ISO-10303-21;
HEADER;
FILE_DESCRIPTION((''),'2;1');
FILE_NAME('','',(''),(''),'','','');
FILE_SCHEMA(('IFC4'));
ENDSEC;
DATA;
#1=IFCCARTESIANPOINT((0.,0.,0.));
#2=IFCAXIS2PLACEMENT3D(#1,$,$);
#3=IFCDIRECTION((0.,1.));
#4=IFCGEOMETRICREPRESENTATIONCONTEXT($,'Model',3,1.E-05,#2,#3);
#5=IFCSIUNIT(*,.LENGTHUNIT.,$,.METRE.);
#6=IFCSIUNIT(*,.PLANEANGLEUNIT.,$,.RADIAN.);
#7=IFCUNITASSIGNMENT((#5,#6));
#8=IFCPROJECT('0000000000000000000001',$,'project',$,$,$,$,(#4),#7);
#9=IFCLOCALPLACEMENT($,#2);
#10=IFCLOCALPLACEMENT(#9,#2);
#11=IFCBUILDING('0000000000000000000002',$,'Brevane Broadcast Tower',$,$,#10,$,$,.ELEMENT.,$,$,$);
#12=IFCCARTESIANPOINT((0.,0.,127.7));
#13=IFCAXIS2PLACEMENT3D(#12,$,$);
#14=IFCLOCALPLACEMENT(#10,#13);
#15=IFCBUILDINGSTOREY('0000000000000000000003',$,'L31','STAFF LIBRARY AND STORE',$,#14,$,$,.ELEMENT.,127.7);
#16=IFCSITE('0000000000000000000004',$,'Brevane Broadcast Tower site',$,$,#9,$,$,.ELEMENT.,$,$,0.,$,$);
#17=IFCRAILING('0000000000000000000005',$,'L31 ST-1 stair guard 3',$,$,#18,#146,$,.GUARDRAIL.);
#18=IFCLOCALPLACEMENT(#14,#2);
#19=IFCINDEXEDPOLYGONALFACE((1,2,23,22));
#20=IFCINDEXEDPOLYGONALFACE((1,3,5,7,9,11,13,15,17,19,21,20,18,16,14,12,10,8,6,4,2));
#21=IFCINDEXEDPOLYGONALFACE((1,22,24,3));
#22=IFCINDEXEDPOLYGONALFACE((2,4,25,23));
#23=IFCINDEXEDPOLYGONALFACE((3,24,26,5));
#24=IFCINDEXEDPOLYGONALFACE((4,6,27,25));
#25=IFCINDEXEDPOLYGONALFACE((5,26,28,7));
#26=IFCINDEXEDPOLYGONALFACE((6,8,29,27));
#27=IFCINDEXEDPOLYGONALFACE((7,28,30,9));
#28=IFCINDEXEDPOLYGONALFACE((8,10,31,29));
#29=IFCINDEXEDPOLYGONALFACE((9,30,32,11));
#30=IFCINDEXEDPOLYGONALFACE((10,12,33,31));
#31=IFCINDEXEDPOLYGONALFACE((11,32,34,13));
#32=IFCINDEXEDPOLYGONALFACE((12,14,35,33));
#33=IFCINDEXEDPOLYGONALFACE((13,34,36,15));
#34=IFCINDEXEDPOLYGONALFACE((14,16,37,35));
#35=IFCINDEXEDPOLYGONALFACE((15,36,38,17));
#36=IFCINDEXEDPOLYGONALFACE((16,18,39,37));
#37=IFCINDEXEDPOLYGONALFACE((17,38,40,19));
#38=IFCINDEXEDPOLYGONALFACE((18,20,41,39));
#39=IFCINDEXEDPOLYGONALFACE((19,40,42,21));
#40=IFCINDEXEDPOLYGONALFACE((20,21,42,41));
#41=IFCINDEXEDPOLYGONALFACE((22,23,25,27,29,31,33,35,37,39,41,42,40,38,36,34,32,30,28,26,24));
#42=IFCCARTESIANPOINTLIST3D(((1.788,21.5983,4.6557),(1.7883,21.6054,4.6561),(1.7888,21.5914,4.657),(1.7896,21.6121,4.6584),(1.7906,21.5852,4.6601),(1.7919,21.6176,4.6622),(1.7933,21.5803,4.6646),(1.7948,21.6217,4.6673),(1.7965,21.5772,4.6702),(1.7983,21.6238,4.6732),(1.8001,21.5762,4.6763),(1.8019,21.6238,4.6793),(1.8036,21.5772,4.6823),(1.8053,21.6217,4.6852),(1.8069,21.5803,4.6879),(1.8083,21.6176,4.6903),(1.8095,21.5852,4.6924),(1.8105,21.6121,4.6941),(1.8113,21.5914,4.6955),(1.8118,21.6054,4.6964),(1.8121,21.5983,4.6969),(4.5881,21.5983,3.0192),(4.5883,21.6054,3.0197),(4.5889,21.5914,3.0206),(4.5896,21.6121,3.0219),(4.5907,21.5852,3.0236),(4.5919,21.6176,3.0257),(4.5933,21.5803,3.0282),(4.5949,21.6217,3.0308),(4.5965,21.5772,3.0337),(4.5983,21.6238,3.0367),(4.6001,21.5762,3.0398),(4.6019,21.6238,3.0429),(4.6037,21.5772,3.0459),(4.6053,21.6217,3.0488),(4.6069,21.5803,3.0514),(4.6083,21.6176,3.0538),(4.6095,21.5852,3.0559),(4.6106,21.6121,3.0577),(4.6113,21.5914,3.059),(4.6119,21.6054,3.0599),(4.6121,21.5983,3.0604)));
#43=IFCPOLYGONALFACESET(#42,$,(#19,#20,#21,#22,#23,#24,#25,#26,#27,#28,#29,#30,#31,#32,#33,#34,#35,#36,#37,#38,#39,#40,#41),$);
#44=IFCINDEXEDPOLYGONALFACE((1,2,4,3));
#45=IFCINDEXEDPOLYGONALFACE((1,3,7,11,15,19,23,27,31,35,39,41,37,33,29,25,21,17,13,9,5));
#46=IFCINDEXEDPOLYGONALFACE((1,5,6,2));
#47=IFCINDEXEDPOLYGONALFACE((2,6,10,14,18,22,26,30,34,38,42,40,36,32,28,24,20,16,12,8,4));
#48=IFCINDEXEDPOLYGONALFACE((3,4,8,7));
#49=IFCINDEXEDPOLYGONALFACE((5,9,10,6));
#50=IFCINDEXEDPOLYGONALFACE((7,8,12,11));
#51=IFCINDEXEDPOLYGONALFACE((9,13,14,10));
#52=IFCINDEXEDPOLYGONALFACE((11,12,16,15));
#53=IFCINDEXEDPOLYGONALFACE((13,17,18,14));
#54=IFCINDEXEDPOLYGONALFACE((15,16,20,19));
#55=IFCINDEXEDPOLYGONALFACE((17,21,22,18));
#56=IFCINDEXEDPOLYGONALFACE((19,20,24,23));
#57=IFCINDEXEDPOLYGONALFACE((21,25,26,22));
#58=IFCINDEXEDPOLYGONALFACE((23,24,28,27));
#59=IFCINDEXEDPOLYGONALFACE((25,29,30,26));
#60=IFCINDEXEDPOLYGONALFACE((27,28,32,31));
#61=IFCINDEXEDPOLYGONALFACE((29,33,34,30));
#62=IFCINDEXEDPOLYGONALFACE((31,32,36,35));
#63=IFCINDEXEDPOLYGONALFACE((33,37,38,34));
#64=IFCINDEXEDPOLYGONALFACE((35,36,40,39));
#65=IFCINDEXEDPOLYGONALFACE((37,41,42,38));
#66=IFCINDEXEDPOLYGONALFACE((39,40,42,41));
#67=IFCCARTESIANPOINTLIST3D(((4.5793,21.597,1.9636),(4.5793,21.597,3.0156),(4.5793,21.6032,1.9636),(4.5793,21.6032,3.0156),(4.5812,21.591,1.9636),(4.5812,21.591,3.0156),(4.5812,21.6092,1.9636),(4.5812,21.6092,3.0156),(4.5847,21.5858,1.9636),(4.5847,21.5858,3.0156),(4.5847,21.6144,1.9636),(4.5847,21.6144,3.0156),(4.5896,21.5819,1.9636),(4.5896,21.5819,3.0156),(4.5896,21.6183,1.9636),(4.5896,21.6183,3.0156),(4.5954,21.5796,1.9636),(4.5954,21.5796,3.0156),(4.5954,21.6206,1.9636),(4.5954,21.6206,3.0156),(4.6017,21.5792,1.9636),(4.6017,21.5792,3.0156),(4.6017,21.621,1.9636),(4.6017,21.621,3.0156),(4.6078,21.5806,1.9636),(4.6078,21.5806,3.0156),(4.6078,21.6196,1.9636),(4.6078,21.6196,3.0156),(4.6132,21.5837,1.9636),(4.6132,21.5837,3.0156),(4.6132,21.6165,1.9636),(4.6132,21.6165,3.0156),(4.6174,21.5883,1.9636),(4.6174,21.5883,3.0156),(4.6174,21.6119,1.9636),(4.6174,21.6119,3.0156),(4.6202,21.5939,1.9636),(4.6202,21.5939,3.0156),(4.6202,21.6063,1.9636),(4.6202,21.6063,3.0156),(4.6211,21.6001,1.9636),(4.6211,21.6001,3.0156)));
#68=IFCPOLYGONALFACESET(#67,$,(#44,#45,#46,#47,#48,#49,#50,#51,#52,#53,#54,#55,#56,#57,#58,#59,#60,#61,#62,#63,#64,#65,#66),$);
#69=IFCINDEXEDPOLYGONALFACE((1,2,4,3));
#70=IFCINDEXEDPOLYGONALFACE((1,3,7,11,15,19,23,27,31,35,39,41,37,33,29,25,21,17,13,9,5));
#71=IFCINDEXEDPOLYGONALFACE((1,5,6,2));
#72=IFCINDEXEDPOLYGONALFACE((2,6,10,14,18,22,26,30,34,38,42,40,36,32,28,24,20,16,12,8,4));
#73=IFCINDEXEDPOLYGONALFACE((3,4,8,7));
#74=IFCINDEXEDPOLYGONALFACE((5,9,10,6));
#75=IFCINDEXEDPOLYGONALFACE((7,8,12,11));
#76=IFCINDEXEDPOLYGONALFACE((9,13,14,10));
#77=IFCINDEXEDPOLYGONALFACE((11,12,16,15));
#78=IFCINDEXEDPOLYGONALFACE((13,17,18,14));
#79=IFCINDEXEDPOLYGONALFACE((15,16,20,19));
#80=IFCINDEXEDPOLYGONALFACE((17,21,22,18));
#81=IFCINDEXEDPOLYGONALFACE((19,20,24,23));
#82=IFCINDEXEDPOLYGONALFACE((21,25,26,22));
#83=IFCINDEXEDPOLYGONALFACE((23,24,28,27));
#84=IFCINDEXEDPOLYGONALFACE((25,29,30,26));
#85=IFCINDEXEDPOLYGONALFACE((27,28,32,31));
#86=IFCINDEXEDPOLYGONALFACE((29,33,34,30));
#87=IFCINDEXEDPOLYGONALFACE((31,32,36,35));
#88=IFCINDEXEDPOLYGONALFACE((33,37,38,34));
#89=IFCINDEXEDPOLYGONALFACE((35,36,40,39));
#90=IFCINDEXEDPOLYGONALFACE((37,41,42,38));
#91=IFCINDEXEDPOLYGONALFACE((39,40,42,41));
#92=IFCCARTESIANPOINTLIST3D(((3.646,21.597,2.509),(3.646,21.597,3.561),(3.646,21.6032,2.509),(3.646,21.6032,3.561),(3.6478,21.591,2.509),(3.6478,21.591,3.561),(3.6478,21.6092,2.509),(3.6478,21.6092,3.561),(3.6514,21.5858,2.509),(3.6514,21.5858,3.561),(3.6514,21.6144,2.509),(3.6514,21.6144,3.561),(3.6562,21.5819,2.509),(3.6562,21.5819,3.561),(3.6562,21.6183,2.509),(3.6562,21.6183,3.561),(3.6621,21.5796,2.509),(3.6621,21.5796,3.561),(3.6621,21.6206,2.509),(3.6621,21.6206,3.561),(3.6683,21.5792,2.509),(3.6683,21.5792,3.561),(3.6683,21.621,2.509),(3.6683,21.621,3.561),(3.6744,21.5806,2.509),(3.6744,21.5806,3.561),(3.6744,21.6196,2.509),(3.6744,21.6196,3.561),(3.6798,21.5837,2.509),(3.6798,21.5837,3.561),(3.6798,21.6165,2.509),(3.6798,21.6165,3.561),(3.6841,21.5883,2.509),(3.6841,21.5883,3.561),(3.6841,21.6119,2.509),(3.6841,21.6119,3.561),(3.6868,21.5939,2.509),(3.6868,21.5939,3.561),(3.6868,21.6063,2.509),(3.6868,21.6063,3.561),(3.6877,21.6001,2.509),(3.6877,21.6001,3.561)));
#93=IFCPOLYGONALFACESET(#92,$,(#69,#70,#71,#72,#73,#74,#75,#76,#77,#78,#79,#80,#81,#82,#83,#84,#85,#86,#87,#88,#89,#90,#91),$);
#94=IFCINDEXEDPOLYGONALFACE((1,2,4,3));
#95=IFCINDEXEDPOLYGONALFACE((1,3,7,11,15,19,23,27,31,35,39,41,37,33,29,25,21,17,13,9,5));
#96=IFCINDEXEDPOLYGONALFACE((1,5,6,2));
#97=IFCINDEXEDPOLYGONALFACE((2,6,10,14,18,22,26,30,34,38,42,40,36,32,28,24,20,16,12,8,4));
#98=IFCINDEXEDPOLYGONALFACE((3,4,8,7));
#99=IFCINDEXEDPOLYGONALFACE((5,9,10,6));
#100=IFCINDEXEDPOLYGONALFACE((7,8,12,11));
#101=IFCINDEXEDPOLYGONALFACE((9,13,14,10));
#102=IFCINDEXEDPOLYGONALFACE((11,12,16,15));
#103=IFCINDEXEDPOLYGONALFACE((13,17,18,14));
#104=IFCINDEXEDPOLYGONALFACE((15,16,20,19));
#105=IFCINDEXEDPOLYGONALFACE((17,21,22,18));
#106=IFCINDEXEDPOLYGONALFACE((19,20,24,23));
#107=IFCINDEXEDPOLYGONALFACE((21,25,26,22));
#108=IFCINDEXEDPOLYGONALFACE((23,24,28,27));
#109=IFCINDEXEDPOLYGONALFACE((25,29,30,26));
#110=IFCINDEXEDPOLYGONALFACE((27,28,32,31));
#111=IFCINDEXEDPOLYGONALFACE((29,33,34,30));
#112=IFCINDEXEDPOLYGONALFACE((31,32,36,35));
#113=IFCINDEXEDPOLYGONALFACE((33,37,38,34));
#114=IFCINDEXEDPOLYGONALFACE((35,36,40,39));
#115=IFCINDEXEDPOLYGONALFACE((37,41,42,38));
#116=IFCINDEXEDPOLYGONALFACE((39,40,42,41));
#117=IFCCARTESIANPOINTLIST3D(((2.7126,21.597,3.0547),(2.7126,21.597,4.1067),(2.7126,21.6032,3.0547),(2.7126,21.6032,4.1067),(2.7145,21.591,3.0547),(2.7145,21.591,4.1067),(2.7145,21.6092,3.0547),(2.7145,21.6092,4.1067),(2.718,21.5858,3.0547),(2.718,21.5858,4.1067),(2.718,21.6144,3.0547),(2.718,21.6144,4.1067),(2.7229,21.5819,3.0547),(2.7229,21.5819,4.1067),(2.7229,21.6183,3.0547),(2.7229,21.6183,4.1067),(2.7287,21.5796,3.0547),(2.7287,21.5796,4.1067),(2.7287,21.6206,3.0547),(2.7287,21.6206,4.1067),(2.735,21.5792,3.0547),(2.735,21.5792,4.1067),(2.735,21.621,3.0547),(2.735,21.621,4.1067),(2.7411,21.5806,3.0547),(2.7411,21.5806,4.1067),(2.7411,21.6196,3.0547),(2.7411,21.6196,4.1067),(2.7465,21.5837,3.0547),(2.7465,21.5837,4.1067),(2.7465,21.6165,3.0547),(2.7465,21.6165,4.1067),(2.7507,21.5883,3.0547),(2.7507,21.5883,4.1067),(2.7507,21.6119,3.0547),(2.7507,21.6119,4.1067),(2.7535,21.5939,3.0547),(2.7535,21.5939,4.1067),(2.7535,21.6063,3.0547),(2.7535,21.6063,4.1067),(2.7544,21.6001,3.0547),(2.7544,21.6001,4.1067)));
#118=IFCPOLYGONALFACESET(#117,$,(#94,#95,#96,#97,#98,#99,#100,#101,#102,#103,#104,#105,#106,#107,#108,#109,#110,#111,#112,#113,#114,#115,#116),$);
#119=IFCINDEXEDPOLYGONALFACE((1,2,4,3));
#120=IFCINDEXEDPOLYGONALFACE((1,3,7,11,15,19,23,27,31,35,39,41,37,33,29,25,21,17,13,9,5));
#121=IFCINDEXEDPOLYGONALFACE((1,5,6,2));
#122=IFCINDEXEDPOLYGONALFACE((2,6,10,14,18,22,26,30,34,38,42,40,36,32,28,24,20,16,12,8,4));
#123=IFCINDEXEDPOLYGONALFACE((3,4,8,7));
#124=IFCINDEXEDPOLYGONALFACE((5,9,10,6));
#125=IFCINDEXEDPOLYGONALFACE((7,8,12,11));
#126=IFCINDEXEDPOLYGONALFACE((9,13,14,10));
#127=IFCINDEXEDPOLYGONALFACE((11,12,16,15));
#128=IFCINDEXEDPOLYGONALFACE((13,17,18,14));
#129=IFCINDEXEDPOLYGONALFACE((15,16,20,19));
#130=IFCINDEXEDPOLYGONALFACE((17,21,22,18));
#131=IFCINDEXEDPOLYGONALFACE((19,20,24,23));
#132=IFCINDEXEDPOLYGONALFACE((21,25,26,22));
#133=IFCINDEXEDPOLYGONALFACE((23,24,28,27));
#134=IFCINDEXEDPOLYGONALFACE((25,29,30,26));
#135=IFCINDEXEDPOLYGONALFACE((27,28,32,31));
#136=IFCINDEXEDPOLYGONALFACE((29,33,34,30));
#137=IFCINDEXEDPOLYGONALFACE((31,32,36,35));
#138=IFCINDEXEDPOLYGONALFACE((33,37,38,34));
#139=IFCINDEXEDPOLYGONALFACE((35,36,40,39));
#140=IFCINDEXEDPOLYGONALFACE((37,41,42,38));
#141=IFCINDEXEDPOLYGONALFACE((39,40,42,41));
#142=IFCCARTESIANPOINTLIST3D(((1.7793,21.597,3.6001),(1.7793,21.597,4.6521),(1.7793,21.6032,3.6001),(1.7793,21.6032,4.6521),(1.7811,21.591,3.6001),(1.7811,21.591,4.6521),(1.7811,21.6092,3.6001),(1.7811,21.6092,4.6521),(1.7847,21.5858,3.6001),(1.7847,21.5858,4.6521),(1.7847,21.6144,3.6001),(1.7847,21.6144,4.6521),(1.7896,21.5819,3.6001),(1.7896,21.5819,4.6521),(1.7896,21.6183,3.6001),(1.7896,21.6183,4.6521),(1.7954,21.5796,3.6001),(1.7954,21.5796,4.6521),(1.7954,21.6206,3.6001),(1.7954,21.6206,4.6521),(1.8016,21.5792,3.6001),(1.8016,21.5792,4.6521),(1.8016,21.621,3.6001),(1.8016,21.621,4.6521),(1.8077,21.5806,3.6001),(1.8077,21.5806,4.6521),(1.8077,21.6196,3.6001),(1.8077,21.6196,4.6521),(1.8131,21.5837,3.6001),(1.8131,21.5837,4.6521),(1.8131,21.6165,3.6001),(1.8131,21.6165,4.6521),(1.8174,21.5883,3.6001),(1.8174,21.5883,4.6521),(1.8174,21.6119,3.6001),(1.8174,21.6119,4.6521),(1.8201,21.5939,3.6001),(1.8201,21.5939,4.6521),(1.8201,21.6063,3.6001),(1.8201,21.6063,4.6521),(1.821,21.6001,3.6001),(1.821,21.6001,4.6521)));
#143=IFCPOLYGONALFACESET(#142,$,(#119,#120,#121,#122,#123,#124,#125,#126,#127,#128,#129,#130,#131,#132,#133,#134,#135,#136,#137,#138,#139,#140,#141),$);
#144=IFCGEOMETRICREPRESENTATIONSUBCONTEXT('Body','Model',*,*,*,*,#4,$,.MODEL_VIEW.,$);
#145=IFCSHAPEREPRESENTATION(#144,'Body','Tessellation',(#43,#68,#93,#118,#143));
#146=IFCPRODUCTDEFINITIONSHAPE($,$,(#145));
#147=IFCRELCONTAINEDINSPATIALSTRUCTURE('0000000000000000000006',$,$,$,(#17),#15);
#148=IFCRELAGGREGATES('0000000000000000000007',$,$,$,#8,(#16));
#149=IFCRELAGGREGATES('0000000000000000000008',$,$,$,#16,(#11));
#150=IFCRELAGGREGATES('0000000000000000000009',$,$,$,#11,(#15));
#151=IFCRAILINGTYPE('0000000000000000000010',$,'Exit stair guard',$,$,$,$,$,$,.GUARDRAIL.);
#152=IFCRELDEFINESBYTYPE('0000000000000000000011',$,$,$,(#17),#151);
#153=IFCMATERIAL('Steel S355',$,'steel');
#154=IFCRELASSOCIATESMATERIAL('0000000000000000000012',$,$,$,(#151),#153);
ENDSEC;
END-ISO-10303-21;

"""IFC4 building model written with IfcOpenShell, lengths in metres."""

from ifc_helpers import new_model, si_unit, direction, frame, origin, origin_2d, place, context, subcontext, project, spatial, circle, extrude, material, type_object, element, save


model = new_model("IFC4")

# Units and contexts
model_context = context("Model", 3, precision=1e-05, world=origin(), true_north=direction((0.0, 1.0)))
body_context = subcontext(model_context, "Body", "Model", "MODEL_VIEW")
ifc_project = project(units=[si_unit("LENGTHUNIT", "METRE"), si_unit("PLANEANGLEUNIT", "RADIAN")], contexts=[model_context])

# Site, building, storey
site_placement = place(None, origin())
site = spatial("IfcSite", under=ifc_project, at=site_placement, Name="Brevane Broadcast Tower site", CompositionType="ELEMENT", RefElevation=0.0)
building_placement = place(site_placement, origin())
building = spatial("IfcBuilding", under=site, at=building_placement, Name="Brevane Broadcast Tower", CompositionType="ELEMENT")
storey_placement = place(building_placement, frame((0.0, 0.0, 127.7)))
storey = spatial("IfcBuildingStorey", under=building, at=storey_placement, Name="L31", Description="STAFF LIBRARY AND STORE", CompositionType="ELEMENT", Elevation=127.7)

# Railing
ifc_material_1 = material(Name="Steel S355", Category="steel")
railing_type_1 = type_object("IfcRailingType", Name="Exit stair guard", PredefinedType="GUARDRAIL", material=ifc_material_1)
railing_1_placement = place(storey_placement, frame((4.6001, 21.6001, 1.9636)))
element("IfcRailing", 1, at=railing_1_placement, inside=storey, type_object=railing_type_1, Name="L31 ST-1 stair guard 3", PredefinedType="GUARDRAIL", context=body_context, shape_type="SweptSolid", body=[
    extrude(circle(Radius=0.0239, at=origin_2d()), frame((0.0, 0.0, 1.0762), z_axis=(-0.863361, 0.0, 0.504587), x_axis=(0.0, -1.0, 0.0)), (0.0, 0.0, 1.0), 3.2432),
    extrude(circle(Radius=0.021, at=origin_2d()), origin(), (0.0, 0.0, 1.0), 1.052),
    extrude(circle(Radius=0.021, at=origin_2d()), frame((-0.9333, 0.0, 0.5454)), (0.0, 0.0, 1.0), 1.052),
    extrude(circle(Radius=0.021, at=origin_2d()), frame((-1.8667, 0.0, 1.0911)), (0.0, 0.0, 1.0), 1.052),
    extrude(circle(Radius=0.021, at=origin_2d()), frame((-2.8, 0.0, 1.6365)), (0.0, 0.0, 1.0), 1.052),
])

save(model, "model.ifc")
